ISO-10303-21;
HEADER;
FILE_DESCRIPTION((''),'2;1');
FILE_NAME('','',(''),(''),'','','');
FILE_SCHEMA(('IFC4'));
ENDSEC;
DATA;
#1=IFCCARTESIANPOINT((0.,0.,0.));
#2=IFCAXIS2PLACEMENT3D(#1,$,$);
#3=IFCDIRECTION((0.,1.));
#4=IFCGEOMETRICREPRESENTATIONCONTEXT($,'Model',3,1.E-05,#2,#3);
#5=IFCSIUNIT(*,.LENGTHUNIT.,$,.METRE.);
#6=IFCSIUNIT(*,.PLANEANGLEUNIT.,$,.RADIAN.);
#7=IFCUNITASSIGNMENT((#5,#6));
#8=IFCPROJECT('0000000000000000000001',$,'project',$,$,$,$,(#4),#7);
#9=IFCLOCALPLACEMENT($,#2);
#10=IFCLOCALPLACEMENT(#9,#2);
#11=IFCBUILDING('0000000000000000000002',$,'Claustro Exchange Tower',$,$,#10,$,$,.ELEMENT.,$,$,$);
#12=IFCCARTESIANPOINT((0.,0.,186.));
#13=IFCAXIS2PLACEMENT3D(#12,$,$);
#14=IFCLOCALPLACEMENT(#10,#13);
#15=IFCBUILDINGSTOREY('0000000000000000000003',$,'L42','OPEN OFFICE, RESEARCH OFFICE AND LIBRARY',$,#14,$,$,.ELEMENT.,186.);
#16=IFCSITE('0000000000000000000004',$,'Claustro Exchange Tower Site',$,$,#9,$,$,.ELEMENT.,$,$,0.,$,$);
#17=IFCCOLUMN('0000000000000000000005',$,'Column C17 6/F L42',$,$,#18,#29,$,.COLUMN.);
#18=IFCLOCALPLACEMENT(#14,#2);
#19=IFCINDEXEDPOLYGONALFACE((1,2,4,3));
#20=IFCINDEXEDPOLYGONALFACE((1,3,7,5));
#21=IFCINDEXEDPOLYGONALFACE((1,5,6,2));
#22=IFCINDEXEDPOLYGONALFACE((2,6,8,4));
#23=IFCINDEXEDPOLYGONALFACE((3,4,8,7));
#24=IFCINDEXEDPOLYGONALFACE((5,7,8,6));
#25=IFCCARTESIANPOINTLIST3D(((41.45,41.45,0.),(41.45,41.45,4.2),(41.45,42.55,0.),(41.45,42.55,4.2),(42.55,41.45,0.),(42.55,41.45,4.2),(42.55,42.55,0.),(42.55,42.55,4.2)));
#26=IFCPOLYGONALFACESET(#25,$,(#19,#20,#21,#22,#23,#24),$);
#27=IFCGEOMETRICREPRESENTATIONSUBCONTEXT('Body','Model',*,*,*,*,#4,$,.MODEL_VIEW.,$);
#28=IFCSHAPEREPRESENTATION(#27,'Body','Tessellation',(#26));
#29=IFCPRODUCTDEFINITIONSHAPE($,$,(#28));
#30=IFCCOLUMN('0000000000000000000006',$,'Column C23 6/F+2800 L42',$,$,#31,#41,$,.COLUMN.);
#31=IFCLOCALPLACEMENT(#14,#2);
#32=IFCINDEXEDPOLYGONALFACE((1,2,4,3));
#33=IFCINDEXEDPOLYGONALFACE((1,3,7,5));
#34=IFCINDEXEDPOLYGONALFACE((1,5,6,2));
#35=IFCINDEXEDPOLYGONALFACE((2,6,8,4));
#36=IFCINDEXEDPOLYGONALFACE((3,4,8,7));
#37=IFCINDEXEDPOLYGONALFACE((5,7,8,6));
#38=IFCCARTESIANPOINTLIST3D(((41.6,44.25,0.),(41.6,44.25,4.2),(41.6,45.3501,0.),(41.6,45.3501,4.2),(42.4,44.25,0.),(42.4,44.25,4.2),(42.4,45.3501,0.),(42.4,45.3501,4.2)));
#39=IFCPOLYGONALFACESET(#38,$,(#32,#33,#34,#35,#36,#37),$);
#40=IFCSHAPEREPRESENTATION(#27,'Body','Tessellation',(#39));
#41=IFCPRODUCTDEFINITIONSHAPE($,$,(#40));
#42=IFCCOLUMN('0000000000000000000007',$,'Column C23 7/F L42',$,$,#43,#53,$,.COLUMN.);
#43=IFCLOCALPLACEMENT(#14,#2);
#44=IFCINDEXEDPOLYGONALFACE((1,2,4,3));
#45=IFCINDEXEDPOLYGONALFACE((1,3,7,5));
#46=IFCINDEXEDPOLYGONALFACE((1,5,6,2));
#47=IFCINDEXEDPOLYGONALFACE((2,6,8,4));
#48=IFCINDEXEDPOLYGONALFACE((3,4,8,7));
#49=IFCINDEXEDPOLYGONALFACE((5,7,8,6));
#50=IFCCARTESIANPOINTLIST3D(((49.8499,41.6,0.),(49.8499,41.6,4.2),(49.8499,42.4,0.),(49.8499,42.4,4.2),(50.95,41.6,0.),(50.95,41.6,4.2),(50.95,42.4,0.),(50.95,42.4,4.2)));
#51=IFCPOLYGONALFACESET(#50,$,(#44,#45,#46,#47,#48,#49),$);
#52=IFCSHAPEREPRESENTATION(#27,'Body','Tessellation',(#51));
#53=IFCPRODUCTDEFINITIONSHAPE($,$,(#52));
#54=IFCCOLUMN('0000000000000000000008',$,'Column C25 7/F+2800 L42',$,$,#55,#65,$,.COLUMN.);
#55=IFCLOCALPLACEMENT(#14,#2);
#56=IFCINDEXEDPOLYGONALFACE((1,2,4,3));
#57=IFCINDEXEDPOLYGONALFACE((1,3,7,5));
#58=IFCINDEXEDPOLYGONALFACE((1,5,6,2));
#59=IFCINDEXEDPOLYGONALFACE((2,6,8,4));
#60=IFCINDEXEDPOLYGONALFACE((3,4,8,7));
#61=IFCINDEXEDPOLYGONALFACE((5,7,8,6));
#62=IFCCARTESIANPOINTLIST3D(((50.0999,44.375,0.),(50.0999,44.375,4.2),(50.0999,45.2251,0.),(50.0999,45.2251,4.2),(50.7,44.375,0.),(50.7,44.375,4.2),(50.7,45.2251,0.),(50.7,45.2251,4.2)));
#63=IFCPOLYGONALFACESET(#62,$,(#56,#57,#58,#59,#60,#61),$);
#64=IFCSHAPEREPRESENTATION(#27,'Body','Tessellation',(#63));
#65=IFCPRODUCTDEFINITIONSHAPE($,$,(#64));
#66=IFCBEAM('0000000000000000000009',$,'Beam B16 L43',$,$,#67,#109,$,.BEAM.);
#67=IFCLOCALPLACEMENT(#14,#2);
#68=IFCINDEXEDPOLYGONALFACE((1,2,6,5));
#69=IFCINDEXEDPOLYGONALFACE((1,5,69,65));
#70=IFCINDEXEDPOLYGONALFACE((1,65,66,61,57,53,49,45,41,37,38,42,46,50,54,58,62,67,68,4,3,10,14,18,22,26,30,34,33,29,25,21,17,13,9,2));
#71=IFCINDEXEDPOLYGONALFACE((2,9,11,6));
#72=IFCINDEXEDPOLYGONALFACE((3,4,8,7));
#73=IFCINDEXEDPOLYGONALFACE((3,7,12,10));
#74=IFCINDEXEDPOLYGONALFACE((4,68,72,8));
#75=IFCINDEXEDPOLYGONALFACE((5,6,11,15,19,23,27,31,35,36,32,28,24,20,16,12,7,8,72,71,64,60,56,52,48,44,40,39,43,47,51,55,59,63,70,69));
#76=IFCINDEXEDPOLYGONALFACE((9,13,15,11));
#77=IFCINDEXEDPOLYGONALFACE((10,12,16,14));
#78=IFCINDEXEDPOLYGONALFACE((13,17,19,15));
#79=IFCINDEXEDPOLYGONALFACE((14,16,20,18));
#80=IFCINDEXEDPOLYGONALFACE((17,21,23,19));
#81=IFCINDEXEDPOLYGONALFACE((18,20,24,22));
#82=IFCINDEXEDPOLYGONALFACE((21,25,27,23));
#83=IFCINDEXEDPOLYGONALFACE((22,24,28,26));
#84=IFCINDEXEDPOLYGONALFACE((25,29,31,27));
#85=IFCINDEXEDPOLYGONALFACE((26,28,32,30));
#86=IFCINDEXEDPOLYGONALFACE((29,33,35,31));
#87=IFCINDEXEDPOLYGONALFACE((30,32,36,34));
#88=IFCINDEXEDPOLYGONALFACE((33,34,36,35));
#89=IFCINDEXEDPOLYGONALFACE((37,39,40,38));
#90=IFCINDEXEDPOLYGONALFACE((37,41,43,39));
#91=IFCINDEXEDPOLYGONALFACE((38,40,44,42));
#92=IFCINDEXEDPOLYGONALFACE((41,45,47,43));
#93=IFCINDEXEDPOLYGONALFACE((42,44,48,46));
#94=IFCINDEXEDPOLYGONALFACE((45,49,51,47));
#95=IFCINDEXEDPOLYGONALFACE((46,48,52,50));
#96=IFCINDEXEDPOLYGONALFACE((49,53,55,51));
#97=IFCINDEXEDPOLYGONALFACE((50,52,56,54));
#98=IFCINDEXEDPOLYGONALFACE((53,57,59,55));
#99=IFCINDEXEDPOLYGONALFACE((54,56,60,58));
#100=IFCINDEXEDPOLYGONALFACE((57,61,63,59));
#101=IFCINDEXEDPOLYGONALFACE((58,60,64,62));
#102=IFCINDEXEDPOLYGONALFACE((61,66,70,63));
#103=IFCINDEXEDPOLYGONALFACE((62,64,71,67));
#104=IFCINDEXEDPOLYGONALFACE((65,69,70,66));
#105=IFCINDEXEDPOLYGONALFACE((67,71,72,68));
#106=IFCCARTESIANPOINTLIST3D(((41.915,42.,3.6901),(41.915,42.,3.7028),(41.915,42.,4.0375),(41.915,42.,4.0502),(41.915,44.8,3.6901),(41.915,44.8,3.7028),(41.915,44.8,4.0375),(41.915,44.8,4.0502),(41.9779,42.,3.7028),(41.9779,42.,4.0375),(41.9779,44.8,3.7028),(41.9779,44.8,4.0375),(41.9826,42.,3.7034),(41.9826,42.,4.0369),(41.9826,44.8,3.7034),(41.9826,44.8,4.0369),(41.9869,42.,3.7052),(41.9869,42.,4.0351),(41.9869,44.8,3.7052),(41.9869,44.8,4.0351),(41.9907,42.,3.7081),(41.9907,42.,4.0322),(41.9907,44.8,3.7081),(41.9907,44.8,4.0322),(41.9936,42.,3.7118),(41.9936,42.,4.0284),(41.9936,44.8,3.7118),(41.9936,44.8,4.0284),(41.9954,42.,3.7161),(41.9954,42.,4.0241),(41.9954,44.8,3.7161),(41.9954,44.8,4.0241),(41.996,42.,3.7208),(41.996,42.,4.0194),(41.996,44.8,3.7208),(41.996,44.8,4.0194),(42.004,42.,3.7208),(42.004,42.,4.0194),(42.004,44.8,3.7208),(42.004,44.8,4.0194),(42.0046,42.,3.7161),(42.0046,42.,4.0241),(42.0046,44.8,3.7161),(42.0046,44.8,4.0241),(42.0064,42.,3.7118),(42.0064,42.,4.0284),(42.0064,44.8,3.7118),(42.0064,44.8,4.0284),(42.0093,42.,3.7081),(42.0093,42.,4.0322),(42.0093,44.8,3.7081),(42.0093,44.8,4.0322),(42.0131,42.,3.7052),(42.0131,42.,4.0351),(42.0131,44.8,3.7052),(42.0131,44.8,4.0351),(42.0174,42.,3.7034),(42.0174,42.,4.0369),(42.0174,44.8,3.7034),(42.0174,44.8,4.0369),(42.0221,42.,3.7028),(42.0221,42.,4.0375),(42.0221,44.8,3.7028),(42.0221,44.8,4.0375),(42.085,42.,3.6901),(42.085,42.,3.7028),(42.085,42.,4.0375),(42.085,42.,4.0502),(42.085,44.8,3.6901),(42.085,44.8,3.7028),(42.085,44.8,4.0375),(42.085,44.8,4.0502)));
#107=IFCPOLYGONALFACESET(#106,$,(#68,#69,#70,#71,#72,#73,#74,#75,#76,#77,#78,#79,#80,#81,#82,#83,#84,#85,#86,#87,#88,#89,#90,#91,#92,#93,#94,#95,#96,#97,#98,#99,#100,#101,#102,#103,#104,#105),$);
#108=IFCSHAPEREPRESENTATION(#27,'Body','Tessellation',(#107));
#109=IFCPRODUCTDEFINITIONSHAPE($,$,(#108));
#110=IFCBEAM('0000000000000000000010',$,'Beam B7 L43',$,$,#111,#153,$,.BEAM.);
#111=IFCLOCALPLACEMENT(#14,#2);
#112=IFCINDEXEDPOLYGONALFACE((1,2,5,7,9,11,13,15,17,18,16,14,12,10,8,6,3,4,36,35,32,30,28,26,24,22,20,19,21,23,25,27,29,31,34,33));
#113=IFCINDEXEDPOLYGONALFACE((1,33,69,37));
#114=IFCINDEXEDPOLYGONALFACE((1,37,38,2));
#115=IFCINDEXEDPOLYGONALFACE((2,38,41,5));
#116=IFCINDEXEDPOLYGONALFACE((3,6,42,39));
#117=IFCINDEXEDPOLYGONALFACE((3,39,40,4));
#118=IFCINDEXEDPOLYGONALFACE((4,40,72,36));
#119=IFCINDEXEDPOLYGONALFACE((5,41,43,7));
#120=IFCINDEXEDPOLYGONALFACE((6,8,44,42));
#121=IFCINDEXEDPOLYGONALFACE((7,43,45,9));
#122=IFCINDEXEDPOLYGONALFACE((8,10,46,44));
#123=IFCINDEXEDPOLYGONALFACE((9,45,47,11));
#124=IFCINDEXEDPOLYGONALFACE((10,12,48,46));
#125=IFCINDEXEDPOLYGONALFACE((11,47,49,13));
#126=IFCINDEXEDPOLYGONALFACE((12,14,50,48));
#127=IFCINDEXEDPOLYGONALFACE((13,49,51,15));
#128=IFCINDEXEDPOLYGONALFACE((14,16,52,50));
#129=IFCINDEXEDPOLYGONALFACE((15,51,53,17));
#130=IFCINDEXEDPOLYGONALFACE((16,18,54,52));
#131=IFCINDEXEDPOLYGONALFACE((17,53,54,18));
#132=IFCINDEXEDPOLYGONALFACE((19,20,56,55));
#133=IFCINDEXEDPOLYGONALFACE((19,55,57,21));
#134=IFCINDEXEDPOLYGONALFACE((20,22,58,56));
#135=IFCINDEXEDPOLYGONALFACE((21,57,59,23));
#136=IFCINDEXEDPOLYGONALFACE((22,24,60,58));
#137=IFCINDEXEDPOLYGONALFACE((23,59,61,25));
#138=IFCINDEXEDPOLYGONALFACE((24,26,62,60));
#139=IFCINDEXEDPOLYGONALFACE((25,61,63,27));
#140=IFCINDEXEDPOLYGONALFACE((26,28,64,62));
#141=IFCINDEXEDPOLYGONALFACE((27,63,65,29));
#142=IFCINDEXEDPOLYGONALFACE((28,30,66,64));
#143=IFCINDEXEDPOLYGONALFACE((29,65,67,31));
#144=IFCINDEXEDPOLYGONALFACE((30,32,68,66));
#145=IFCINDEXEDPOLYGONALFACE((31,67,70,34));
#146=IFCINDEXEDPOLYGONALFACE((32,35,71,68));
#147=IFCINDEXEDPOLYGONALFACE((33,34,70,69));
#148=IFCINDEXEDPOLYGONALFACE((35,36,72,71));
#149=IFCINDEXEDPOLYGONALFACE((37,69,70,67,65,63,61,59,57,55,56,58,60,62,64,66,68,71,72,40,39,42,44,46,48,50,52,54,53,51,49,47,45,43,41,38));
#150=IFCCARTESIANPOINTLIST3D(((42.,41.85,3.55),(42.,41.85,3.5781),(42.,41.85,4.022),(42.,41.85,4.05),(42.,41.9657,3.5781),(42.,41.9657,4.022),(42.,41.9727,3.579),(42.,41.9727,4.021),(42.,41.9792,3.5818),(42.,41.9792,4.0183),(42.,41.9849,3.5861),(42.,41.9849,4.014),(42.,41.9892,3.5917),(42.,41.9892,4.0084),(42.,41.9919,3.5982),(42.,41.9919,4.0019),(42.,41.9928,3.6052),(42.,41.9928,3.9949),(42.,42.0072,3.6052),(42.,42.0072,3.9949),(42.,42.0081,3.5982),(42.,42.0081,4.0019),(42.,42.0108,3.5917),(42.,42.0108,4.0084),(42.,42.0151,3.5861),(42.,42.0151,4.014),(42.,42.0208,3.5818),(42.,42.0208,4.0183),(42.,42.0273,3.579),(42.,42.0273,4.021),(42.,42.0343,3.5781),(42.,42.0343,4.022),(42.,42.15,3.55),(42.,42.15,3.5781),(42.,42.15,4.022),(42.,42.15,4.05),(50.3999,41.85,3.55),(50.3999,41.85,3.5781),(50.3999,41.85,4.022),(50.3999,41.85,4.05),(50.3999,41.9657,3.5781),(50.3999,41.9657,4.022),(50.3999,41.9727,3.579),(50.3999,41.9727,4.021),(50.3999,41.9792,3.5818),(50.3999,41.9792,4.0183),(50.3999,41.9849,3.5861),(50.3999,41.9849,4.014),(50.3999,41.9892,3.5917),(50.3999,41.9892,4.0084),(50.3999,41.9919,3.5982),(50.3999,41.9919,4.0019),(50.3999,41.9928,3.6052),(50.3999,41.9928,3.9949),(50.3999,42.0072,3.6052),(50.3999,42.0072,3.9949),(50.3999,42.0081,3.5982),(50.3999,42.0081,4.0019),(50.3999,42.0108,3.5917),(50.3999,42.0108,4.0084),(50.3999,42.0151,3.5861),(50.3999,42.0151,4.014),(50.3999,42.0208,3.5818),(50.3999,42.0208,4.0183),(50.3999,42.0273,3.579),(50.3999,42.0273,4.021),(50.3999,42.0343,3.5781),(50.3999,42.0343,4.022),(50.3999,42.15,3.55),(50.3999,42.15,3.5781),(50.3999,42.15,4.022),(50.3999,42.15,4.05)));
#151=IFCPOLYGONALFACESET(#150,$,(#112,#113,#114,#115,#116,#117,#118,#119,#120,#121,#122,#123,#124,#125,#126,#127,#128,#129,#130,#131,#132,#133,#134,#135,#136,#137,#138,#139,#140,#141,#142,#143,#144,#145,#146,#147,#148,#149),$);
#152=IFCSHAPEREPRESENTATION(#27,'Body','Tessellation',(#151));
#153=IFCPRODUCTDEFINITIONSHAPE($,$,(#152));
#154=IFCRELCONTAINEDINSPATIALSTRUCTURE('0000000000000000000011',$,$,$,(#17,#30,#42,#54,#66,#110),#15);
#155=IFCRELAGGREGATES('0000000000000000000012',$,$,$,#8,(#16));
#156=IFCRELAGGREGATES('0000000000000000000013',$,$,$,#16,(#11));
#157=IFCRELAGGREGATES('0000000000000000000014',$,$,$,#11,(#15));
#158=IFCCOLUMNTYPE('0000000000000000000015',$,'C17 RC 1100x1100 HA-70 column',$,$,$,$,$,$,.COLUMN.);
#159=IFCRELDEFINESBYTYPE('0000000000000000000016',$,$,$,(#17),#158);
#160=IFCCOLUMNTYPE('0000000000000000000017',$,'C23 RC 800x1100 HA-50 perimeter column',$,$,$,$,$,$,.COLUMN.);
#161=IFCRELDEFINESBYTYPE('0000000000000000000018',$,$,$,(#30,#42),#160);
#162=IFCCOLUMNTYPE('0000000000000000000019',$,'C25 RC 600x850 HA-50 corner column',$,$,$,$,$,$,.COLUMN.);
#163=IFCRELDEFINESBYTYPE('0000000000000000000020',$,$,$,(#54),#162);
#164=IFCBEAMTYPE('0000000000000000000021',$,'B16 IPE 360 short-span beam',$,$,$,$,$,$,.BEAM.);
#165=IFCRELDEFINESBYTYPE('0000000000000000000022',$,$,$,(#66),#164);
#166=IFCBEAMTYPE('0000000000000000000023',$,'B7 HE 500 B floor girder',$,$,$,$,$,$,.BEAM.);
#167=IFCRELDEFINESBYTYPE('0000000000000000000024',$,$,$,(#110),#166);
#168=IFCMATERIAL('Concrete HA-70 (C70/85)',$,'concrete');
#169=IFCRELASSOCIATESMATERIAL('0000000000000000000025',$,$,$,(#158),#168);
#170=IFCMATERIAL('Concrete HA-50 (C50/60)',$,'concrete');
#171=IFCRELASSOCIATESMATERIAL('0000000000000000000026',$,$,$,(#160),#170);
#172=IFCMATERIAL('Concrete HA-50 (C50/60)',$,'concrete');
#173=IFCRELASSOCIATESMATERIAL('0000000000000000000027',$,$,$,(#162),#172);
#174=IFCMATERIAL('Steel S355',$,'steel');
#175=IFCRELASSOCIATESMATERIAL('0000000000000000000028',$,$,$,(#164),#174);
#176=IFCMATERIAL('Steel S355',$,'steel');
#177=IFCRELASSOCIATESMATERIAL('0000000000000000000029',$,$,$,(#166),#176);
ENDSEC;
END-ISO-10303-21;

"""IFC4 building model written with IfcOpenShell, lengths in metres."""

from ifc_helpers import new_model, si_unit, direction, frame, origin, origin_2d, place, context, subcontext, project, spatial, rectangle, i_section, extrude, material, material_profile, profile_set, type_object, element, save


model = new_model("IFC4")

# Units and contexts
model_context = context("Model", 3, precision=1e-05, world=origin(), true_north=direction((0.0, 1.0)))
body_context = subcontext(model_context, "Body", "Model", "MODEL_VIEW")
ifc_project = project(units=[si_unit("LENGTHUNIT", "METRE"), si_unit("PLANEANGLEUNIT", "RADIAN")], contexts=[model_context])

# Site, building, storey
site_placement = place(None, origin())
site = spatial("IfcSite", under=ifc_project, at=site_placement, Name="Claustro Exchange Tower Site", CompositionType="ELEMENT", RefElevation=0.0)
building_placement = place(site_placement, origin())
building = spatial("IfcBuilding", under=site, at=building_placement, Name="Claustro Exchange Tower", CompositionType="ELEMENT")
storey_placement = place(building_placement, frame((0.0, 0.0, 186.0)))
storey = spatial("IfcBuildingStorey", under=building, at=storey_placement, Name="L42", Description="OPEN OFFICE, RESEARCH OFFICE AND LIBRARY", CompositionType="ELEMENT", Elevation=186.0)

# Columns
ifc_material_1 = material(Name="Concrete HA-70 (C70/85)", Category="concrete")
ifc_material_profile_1 = material_profile(ifc_material_1, rectangle(XDim=1.1001, YDim=1.1001, at=origin_2d()), Name="RC 1100x1100")
ifc_profile_set_1 = profile_set([ifc_material_profile_1], Name="Concrete HA-70 (C70/85)")
column_type_1 = type_object("IfcColumnType", Name="C17 RC 1100x1100 HA-70 column", PredefinedType="COLUMN", material=ifc_profile_set_1)
column_1_placement = place(storey_placement, frame((42.0, 42.0, 0.0), z_axis=(0.0, 0.0, 1.0), x_axis=(1.0, 0.0, 0.0)))
element("IfcColumn", 1, at=column_1_placement, inside=storey, type_object=column_type_1, Name="Column C17 6/F L42", PredefinedType="COLUMN", context=body_context, shape_type="SweptSolid", body=[
    extrude(rectangle(XDim=1.1001, YDim=1.1001, at=origin_2d()), origin(), (0.0, 0.0, 1.0), 4.2),
])
ifc_material_2 = material(Name="Concrete HA-50 (C50/60)", Category="concrete")
ifc_material_profile_2 = material_profile(ifc_material_2, rectangle(XDim=0.8, YDim=1.1001, at=origin_2d()), Name="RC 800x1100")
ifc_profile_set_2 = profile_set([ifc_material_profile_2], Name="Concrete HA-50 (C50/60)")
column_type_2 = type_object("IfcColumnType", Name="C23 RC 800x1100 HA-50 perimeter column", PredefinedType="COLUMN", material=ifc_profile_set_2)
for number, where, z_axis, x_axis, name in (
    (2, (42.0, 44.8, 0.0), (0.0, 0.0, 1.0), (1.0, 0.0, 0.0), "Column C23 6/F+2800 L42"),
    (3, (50.3999, 42.0, 0.0), (0.0, 0.0, 1.0), (0.0, 1.0, 0.0), "Column C23 7/F L42"),
):
    element("IfcColumn", number, at=place(storey_placement, frame(where, z_axis=z_axis, x_axis=x_axis)), inside=storey, type_object=column_type_2, Name=name, PredefinedType="COLUMN", context=body_context, shape_type="SweptSolid", body=[
        extrude(rectangle(XDim=0.8, YDim=1.1001, at=origin_2d()), origin(), (0.0, 0.0, 1.0), 4.2),
    ])
ifc_material_3 = material(Name="Concrete HA-50 (C50/60)", Category="concrete")
ifc_material_profile_3 = material_profile(ifc_material_3, rectangle(XDim=0.6001, YDim=0.8501, at=origin_2d()), Name="RC 600x850")
ifc_profile_set_3 = profile_set([ifc_material_profile_3], Name="Concrete HA-50 (C50/60)")
column_type_3 = type_object("IfcColumnType", Name="C25 RC 600x850 HA-50 corner column", PredefinedType="COLUMN", material=ifc_profile_set_3)
column_2_placement = place(storey_placement, frame((50.3999, 44.8, 0.0), z_axis=(0.0, 0.0, 1.0), x_axis=(1.0, 0.0, 0.0)))
element("IfcColumn", 4, at=column_2_placement, inside=storey, type_object=column_type_3, Name="Column C25 7/F+2800 L42", PredefinedType="COLUMN", context=body_context, shape_type="SweptSolid", body=[
    extrude(rectangle(XDim=0.6001, YDim=0.8501, at=origin_2d()), origin(), (0.0, 0.0, 1.0), 4.2),
])

# Beams
ifc_material_4 = material(Name="Steel S355", Category="steel")
ifc_material_profile_4 = material_profile(ifc_material_4, i_section(OverallWidth=0.1699, OverallDepth=0.3601, WebThickness=0.0081, FlangeThickness=0.0127, FilletRadius=0.0181, at=origin_2d()), Name="IPE 360")
ifc_profile_set_4 = profile_set([ifc_material_profile_4], Name="Steel S355")
beam_type_1 = type_object("IfcBeamType", Name="B16 IPE 360 short-span beam", PredefinedType="BEAM", material=ifc_profile_set_4)
beam_1_placement = place(storey_placement, frame((42.0, 42.0, 3.8701), z_axis=(0.0, 1.0, 0.0), x_axis=(-1.0, 0.0, 0.0)))
element("IfcBeam", 5, at=beam_1_placement, inside=storey, type_object=beam_type_1, Name="Beam B16 L43", PredefinedType="BEAM", context=body_context, shape_type="SweptSolid", body=[
    extrude(i_section(OverallWidth=0.1699, OverallDepth=0.3601, WebThickness=0.0081, FlangeThickness=0.0127, FilletRadius=0.0181, at=origin_2d()), origin(), (0.0, 0.0, 1.0), 2.8),
])
ifc_material_5 = material(Name="Steel S355", Category="steel")
ifc_material_profile_5 = material_profile(ifc_material_5, i_section(OverallWidth=0.3, OverallDepth=0.5, WebThickness=0.0144, FlangeThickness=0.0281, FilletRadius=0.0271, at=origin_2d()), Name="HE 500 B")
ifc_profile_set_5 = profile_set([ifc_material_profile_5], Name="Steel S355")
beam_type_2 = type_object("IfcBeamType", Name="B7 HE 500 B floor girder", PredefinedType="BEAM", material=ifc_profile_set_5)
beam_2_placement = place(storey_placement, frame((42.0, 42.0, 3.8), z_axis=(1.0, 0.0, 0.0), x_axis=(0.0, 1.0, 0.0)))
element("IfcBeam", 6, at=beam_2_placement, inside=storey, type_object=beam_type_2, Name="Beam B7 L43", PredefinedType="BEAM", context=body_context, shape_type="SweptSolid", body=[
    extrude(i_section(OverallWidth=0.3, OverallDepth=0.5, WebThickness=0.0144, FlangeThickness=0.0281, FilletRadius=0.0271, at=origin_2d()), origin(), (0.0, 0.0, 1.0), 8.3999),
])

save(model, "model.ifc")
